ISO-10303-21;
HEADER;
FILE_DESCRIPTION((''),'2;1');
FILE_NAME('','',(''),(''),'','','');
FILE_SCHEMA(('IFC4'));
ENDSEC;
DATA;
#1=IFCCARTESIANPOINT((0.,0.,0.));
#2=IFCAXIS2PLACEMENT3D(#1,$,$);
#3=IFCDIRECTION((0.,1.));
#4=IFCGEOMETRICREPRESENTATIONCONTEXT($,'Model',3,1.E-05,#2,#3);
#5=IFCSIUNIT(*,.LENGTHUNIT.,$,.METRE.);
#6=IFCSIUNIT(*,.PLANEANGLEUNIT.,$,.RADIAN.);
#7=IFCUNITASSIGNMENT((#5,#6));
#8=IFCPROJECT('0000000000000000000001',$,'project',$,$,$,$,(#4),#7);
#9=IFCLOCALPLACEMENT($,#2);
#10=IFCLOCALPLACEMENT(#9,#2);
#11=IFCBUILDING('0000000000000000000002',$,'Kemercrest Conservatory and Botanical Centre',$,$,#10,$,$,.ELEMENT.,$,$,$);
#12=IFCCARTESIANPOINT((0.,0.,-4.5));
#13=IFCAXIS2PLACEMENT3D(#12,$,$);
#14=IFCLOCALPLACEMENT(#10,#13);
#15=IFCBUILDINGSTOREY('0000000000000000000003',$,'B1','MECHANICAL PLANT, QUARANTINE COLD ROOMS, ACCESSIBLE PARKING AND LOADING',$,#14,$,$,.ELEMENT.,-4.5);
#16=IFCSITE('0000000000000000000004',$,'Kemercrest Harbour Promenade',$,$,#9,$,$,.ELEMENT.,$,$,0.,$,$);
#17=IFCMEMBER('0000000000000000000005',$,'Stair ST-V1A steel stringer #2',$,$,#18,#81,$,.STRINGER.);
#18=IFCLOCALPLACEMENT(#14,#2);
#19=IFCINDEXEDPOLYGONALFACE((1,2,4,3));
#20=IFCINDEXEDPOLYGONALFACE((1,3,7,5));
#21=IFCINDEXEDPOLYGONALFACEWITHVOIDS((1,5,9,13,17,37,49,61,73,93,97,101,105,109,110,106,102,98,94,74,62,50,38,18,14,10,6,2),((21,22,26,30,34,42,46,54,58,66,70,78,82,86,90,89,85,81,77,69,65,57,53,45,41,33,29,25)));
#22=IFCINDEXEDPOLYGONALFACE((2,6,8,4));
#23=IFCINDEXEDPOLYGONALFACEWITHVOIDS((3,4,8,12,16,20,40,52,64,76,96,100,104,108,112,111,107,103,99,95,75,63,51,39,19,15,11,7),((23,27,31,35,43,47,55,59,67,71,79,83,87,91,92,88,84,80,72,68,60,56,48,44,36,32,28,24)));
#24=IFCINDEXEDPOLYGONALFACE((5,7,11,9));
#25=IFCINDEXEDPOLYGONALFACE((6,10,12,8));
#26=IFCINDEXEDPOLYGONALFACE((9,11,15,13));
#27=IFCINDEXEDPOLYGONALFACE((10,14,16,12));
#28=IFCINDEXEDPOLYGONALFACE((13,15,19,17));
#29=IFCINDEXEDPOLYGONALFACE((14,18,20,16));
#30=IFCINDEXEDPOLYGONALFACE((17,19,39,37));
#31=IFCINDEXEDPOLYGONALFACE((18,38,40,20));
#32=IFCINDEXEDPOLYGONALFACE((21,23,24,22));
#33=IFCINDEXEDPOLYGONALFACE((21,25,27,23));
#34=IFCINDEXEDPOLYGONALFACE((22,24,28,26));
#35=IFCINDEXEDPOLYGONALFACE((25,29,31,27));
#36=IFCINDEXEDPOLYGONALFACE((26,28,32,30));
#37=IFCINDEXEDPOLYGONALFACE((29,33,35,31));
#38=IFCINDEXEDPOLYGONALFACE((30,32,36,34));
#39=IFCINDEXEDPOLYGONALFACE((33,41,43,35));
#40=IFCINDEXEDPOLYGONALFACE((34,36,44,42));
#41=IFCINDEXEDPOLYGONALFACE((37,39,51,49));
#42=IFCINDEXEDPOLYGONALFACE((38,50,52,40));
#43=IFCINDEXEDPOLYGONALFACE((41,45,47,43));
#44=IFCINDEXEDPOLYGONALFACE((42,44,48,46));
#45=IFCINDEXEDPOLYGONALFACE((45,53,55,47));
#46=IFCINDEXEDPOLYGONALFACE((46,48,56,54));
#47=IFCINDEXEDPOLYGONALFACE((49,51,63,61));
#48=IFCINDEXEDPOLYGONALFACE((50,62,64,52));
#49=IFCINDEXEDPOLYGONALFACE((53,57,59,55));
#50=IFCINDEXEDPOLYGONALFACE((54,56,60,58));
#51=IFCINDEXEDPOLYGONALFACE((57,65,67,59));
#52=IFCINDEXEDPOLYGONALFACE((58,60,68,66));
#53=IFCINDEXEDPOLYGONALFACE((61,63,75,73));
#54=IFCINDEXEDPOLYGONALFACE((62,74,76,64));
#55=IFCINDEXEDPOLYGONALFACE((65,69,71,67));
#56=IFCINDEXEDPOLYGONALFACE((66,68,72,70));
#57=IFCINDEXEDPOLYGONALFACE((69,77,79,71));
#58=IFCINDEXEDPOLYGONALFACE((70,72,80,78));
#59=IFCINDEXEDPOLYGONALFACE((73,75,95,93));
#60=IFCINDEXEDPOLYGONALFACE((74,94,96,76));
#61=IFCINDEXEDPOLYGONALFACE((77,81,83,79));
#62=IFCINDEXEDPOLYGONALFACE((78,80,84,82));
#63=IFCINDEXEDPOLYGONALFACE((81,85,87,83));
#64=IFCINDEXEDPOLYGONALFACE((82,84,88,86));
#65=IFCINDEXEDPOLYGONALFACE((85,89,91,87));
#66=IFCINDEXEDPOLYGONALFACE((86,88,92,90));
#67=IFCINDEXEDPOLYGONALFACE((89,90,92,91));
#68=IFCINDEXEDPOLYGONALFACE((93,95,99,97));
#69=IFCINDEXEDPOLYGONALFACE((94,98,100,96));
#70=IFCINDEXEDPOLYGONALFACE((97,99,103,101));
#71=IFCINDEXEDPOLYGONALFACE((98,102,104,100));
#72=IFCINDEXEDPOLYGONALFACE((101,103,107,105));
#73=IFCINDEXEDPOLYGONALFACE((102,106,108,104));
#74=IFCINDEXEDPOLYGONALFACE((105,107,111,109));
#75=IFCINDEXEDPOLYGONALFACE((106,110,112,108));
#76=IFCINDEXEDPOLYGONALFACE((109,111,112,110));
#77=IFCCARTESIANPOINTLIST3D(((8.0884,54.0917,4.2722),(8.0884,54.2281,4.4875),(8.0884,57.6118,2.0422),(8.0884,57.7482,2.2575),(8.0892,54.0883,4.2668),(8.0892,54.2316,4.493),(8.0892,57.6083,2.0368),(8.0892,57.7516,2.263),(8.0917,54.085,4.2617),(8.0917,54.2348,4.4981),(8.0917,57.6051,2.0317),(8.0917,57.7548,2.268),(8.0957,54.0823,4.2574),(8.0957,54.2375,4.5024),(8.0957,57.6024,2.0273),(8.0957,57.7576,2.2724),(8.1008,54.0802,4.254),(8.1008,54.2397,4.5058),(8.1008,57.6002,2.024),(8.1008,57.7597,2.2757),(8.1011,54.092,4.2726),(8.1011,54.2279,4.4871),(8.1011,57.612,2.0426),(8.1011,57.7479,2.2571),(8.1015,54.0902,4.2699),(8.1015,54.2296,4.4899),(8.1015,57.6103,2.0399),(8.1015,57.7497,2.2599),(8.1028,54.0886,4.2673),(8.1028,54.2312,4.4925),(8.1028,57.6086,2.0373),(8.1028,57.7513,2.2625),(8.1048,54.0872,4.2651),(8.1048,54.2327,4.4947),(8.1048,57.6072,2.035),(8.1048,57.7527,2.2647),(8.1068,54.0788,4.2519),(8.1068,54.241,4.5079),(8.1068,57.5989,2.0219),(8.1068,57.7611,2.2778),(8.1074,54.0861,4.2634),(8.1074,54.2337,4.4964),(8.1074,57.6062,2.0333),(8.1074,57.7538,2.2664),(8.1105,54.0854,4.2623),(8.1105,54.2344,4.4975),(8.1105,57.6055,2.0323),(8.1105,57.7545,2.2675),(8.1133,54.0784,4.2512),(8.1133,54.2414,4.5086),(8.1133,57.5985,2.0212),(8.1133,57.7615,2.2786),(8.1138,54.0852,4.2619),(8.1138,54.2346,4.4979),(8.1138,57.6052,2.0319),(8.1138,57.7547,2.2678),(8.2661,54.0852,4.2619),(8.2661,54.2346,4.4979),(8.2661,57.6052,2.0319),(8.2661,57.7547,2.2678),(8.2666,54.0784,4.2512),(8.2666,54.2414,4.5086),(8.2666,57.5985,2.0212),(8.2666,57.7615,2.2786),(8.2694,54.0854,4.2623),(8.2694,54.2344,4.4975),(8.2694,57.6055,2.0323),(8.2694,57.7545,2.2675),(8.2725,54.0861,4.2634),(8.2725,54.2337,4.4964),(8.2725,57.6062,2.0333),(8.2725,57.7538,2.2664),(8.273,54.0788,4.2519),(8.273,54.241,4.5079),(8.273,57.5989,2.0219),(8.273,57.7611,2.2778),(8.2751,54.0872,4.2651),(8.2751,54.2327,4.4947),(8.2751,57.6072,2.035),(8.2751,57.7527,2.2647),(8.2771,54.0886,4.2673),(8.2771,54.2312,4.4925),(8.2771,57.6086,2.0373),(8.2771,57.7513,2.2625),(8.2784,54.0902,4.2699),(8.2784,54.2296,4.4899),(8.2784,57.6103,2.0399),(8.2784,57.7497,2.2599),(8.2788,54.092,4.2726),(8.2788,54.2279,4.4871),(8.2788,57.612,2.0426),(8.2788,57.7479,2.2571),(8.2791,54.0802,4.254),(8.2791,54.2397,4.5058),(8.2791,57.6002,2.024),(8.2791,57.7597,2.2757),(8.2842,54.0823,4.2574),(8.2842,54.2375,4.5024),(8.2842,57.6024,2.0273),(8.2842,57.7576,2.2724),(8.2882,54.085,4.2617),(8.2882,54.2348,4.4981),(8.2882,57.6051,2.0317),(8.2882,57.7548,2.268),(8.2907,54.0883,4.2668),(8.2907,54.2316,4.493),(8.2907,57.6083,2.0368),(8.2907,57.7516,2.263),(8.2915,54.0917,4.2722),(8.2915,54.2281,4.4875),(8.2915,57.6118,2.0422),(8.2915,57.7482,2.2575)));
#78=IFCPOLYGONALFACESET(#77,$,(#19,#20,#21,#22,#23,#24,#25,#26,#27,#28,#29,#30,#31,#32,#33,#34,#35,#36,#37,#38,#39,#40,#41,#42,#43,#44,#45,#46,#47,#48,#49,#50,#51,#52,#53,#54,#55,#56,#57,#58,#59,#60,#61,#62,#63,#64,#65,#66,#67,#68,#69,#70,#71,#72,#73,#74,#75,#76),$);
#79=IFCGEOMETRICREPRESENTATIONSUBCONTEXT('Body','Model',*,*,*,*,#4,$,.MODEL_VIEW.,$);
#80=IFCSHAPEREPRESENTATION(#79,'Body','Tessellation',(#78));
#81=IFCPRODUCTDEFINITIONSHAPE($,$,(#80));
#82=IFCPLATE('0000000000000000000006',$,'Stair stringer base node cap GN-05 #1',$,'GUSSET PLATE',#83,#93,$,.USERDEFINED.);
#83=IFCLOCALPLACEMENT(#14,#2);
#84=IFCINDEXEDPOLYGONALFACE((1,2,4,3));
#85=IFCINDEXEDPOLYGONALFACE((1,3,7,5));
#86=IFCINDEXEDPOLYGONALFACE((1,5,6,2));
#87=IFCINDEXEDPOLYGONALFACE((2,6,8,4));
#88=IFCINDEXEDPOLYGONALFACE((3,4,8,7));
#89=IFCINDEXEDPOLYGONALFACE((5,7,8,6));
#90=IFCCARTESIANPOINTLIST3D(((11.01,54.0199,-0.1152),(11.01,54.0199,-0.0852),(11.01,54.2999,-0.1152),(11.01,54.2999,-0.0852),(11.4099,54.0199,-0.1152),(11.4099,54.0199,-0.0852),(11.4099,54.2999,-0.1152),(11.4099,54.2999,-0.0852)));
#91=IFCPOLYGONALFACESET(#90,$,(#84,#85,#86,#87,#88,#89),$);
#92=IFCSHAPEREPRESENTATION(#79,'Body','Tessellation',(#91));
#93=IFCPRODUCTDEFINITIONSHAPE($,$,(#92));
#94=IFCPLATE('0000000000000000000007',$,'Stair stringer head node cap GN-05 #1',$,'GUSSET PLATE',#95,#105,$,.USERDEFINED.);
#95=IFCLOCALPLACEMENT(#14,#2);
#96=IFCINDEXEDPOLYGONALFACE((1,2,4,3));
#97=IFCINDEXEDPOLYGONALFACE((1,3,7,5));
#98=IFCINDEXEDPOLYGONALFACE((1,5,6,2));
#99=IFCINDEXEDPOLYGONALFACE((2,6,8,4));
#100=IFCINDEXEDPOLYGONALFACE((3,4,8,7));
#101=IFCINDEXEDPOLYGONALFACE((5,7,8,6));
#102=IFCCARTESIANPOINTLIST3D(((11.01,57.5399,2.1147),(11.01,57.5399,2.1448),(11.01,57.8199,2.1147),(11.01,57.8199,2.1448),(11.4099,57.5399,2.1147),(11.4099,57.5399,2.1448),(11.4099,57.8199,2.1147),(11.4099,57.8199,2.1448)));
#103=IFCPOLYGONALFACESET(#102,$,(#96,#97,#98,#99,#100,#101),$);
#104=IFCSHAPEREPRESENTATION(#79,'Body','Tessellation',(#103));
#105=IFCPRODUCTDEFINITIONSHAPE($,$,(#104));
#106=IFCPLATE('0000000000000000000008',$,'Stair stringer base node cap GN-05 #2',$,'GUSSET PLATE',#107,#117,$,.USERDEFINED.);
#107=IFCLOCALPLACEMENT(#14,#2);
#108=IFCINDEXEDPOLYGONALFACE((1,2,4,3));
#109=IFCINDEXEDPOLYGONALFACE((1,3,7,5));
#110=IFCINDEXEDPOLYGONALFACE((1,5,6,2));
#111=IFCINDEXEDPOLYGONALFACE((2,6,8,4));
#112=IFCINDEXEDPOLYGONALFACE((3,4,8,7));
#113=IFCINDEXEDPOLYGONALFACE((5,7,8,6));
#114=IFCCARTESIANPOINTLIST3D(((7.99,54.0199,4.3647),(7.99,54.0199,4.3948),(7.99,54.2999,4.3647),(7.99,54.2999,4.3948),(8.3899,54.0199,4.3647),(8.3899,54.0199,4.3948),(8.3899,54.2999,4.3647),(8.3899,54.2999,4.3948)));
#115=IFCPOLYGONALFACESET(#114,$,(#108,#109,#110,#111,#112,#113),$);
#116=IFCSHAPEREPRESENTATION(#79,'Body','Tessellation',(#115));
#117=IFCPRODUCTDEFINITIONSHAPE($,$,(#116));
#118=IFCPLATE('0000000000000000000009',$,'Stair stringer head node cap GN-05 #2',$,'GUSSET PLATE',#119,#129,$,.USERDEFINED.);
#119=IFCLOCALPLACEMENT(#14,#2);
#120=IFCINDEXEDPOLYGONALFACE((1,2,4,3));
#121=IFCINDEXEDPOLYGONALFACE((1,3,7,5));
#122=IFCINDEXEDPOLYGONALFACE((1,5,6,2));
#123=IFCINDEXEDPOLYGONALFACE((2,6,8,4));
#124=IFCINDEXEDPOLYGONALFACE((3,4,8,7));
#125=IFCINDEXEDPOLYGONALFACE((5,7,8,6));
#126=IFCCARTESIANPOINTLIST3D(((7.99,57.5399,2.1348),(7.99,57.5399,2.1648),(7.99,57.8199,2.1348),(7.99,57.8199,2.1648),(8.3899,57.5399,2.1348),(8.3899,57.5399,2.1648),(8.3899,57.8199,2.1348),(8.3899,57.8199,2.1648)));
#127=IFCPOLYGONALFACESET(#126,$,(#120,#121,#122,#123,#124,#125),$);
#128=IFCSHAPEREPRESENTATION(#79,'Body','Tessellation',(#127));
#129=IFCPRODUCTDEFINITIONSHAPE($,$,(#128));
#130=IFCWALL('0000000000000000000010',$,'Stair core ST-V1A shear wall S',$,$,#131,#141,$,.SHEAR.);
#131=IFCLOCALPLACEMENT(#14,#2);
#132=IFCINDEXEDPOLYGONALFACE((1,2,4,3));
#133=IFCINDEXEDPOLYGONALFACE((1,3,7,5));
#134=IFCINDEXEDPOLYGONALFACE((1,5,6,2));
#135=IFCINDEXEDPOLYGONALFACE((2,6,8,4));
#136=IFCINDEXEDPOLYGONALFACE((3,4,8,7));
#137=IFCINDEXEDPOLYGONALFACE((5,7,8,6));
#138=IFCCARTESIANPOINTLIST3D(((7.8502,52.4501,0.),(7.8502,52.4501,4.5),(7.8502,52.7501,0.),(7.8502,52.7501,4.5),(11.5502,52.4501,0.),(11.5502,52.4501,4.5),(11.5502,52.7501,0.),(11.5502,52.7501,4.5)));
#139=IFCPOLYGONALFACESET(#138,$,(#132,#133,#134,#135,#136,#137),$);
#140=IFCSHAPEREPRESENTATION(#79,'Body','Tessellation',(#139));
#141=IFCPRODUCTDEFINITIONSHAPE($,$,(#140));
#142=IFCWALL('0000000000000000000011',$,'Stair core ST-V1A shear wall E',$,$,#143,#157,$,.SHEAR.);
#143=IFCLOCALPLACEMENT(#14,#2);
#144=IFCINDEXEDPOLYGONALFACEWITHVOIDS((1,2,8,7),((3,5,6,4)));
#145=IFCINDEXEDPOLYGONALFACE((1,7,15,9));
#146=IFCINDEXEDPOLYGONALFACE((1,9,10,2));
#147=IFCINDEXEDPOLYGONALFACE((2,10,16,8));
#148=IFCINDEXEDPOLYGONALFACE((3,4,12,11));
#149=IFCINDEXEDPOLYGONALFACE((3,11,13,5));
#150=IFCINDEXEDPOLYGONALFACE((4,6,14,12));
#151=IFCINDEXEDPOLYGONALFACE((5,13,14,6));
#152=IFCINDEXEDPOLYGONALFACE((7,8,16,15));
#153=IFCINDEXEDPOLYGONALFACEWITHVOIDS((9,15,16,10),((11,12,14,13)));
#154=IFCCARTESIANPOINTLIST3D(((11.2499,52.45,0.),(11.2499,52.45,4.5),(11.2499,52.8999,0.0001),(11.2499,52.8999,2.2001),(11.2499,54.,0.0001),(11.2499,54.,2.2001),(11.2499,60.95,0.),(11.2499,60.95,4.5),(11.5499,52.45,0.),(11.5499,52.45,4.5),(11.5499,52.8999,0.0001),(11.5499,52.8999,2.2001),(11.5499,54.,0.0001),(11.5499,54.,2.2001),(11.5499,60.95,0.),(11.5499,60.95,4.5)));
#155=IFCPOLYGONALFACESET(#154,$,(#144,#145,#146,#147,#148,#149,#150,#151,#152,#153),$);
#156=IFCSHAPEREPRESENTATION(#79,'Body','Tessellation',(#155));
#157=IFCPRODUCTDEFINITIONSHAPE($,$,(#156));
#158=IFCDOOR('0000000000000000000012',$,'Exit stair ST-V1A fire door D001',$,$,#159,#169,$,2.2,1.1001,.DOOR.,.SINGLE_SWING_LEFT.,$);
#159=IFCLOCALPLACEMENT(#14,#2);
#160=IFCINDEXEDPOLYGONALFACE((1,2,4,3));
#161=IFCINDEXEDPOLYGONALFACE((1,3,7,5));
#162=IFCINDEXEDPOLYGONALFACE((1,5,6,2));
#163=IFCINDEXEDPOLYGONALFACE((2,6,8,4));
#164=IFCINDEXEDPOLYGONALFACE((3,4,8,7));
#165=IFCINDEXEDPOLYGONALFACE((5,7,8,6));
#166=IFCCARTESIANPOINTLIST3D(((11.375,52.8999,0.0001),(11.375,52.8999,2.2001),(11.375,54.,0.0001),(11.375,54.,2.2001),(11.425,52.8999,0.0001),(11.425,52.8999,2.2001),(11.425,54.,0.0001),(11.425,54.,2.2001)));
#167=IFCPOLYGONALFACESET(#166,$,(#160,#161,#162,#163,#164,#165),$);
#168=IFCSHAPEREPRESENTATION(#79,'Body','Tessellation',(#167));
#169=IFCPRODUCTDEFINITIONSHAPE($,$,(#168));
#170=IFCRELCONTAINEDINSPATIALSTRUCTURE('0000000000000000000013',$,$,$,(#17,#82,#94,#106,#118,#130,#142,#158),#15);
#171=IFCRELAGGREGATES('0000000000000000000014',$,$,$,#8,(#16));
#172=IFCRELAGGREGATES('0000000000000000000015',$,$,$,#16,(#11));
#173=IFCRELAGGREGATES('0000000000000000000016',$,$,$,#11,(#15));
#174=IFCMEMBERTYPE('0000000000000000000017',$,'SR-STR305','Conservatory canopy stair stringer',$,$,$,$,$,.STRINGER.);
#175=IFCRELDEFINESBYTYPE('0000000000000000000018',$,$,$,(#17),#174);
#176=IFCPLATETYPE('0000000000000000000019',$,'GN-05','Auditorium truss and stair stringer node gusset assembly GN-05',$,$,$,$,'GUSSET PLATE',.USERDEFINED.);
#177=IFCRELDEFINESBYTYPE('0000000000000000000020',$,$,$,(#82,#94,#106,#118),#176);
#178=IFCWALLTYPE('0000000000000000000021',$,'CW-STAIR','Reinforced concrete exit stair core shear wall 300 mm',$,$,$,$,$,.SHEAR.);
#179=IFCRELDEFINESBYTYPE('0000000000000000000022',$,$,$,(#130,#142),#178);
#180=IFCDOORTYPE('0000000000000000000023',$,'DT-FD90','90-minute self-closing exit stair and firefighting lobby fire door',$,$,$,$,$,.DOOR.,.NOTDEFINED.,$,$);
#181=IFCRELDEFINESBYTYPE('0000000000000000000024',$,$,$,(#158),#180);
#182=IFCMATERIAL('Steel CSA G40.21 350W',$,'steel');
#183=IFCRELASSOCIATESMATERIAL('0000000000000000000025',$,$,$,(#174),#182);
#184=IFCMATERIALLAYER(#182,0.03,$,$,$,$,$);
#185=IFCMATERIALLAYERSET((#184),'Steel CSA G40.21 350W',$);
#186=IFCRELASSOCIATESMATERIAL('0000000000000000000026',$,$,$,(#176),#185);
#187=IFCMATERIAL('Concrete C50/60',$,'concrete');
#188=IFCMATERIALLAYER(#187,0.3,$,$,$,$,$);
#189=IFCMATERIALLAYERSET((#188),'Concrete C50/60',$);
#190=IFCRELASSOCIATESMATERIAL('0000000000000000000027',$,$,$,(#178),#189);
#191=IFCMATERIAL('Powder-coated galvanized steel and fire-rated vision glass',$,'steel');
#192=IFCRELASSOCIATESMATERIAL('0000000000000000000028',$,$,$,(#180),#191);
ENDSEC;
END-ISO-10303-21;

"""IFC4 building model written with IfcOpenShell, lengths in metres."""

from ifc_helpers import new_model, si_unit, direction, frame, frame_2d, origin, origin_2d, place, context, subcontext, project, spatial, rectangle, hollow_rectangle, extrude, material, layer, layer_set, material_profile, profile_set, type_object, element, fill, save


model = new_model("IFC4")

# Units and contexts
model_context = context("Model", 3, precision=1e-05, world=origin(), true_north=direction((0.0, 1.0)))
body_context = subcontext(model_context, "Body", "Model", "MODEL_VIEW")
ifc_project = project(units=[si_unit("LENGTHUNIT", "METRE"), si_unit("PLANEANGLEUNIT", "RADIAN")], contexts=[model_context])

# Site, building, storey
site_placement = place(None, origin())
site = spatial("IfcSite", under=ifc_project, at=site_placement, Name="Kemercrest Harbour Promenade", CompositionType="ELEMENT", RefElevation=0.0)
building_placement = place(site_placement, origin())
building = spatial("IfcBuilding", under=site, at=building_placement, Name="Kemercrest Conservatory and Botanical Centre", CompositionType="ELEMENT")
storey_placement = place(building_placement, frame((0.0, 0.0, -4.5)))
storey = spatial("IfcBuildingStorey", under=building, at=storey_placement, Name="B1", Description="MECHANICAL PLANT, QUARANTINE COLD ROOMS, ACCESSIBLE PARKING AND LOADING", CompositionType="ELEMENT", Elevation=-4.5)

# Shared definitions
ifc_material_1 = material(Name="Concrete C50/60", Category="concrete")

# Member
ifc_material_2 = material(Name="Steel CSA G40.21 350W", Category="steel")
ifc_material_profile_1 = material_profile(ifc_material_2, hollow_rectangle(XDim=0.2031, YDim=0.3047, WallThickness=0.0127, InnerFilletRadius=0.0127, OuterFilletRadius=0.0249, at=origin_2d()), Name="HSS 305x203x12.7")
ifc_profile_set_1 = profile_set([ifc_material_profile_1], Name="Steel CSA G40.21 350W")
member_type = type_object("IfcMemberType", Name="SR-STR305", Description="Conservatory canopy stair stringer", PredefinedType="STRINGER", material=ifc_profile_set_1)
for number, where, z_axis, x_axis, name in (
    (1, (8.1899, 54.1599, 4.3799), (0.0, 0.84475, -0.535161), (-1.0, 0.0, 0.0), "Stair ST-V1A steel stringer #2"),
):
    element("IfcMember", number, at=place(storey_placement, frame(where, z_axis=z_axis, x_axis=x_axis)), inside=storey, type_object=member_type, Name=name, PredefinedType="STRINGER", context=body_context, shape_type="SweptSolid", body=[
        extrude(hollow_rectangle(XDim=0.2031, YDim=0.3047, WallThickness=0.0127, InnerFilletRadius=0.0127, OuterFilletRadius=0.0249, at=origin_2d()), origin(), (0.0, 0.0, 1.0), 4.167),
    ])

# Plates
ifc_layer_1 = layer(ifc_material_2, 0.03)
ifc_layer_set_1 = layer_set([ifc_layer_1], Name="Steel CSA G40.21 350W")
plate_type = type_object("IfcPlateType", Name="GN-05", Description="Auditorium truss and stair stringer node gusset assembly GN-05", ElementType="GUSSET PLATE", PredefinedType="USERDEFINED", material=ifc_layer_set_1)
for number, where, z_axis, x_axis, name in (
    (2, (11.21, 54.1599, -0.1152), (0.0, 0.0, 1.0), (1.0, 0.0, 0.0), "Stair stringer base node cap GN-05 #1"),
    (3, (11.21, 57.6799, 2.1147), (0.0, 0.0, 1.0), (1.0, 0.0, 0.0), "Stair stringer head node cap GN-05 #1"),
    (4, (8.1899, 54.1599, 4.3647), (0.0, 0.0, 1.0), (1.0, 0.0, 0.0), "Stair stringer base node cap GN-05 #2"),
    (5, (8.1899, 57.6799, 2.1348), (0.0, 0.0, 1.0), (1.0, 0.0, 0.0), "Stair stringer head node cap GN-05 #2"),
):
    element("IfcPlate", number, at=place(storey_placement, frame(where, z_axis=z_axis, x_axis=x_axis)), inside=storey, type_object=plate_type, Name=name, ObjectType="GUSSET PLATE", PredefinedType="USERDEFINED", context=body_context, shape_type="SweptSolid", body=[
        extrude(rectangle(XDim=0.3999, YDim=0.28, at=origin_2d()), origin(), (0.0, 0.0, 1.0), 0.03),
    ])

# Wall
ifc_layer_2 = layer(ifc_material_1, 0.3)
ifc_layer_set_2 = layer_set([ifc_layer_2], Name="Concrete C50/60")
wall_type_1 = type_object("IfcWallType", Name="CW-STAIR", Description="Reinforced concrete exit stair core shear wall 300 mm", PredefinedType="SHEAR", material=ifc_layer_set_2)
wall_1_placement = place(storey_placement, frame((7.8501, 52.6001, 0.0), z_axis=(0.0, 0.0, 1.0), x_axis=(1.0, 0.0, 0.0)))
element("IfcWall", 6, at=wall_1_placement, inside=storey, type_object=wall_type_1, Name="Stair core ST-V1A shear wall S", PredefinedType="SHEAR", context=body_context, shape_type="SweptSolid", body=[
    extrude(rectangle(XDim=3.7, YDim=0.3, at=frame_2d((1.8501, 0.0))), origin(), (0.0, 0.0, 1.0), 4.5),
])

# Wall, opening, door
wall_2_placement = place(storey_placement, frame((11.3999, 52.45, 0.0), z_axis=(0.0, 0.0, 1.0), x_axis=(0.0, 1.0, 0.0)))
wall_2 = element("IfcWall", 7, at=wall_2_placement, inside=storey, type_object=wall_type_1, Name="Stair core ST-V1A shear wall E", PredefinedType="SHEAR", context=body_context, shape_type="SweptSolid", body=[
    extrude(rectangle(XDim=8.5, YDim=0.3, at=frame_2d((4.25, 0.0))), origin(), (0.0, 0.0, 1.0), 4.5),
])
opening_1_placement = place(wall_2_placement, frame((0.45, 0.0, 0.0)))
opening_1 = element("IfcOpeningElement", 8, at=opening_1_placement, cuts=wall_2, PredefinedType="OPENING", context=body_context, shape_type="SweptSolid", body=[
    extrude(rectangle(XDim=1.1001, YDim=2.2, at=frame_2d((0.55, 1.1001))), frame((0.0, 0.1602, 0.0), z_axis=(0.0, -1.0, 0.0), x_axis=(1.0, 0.0, 0.0)), (0.0, 0.0, 1.0), 0.3201),
])
ifc_material_3 = material(Name="Powder-coated galvanized steel and fire-rated vision glass", Category="steel")
door_type_1 = type_object("IfcDoorType", Name="DT-FD90", Description="90-minute self-closing exit stair and firefighting lobby fire door", OperationType="NOTDEFINED", PredefinedType="DOOR", material=ifc_material_3)
door_1_placement = place(opening_1_placement, origin())
door_1 = element("IfcDoor", 9, at=door_1_placement, inside=storey, type_object=door_type_1, Name="Exit stair ST-V1A fire door D001", OperationType="SINGLE_SWING_LEFT", OverallHeight=2.2, OverallWidth=1.1001, PredefinedType="DOOR", context=body_context, shape_type="SweptSolid", body=[
    extrude(rectangle(XDim=1.1001, YDim=2.2, at=frame_2d((0.55, 1.1001))), frame((0.0, 0.0249, 0.0), z_axis=(0.0, -1.0, 0.0), x_axis=(1.0, 0.0, 0.0)), (0.0, 0.0, 1.0), 0.05),
])
fill(opening_1, door_1)

save(model, "model.ifc")
